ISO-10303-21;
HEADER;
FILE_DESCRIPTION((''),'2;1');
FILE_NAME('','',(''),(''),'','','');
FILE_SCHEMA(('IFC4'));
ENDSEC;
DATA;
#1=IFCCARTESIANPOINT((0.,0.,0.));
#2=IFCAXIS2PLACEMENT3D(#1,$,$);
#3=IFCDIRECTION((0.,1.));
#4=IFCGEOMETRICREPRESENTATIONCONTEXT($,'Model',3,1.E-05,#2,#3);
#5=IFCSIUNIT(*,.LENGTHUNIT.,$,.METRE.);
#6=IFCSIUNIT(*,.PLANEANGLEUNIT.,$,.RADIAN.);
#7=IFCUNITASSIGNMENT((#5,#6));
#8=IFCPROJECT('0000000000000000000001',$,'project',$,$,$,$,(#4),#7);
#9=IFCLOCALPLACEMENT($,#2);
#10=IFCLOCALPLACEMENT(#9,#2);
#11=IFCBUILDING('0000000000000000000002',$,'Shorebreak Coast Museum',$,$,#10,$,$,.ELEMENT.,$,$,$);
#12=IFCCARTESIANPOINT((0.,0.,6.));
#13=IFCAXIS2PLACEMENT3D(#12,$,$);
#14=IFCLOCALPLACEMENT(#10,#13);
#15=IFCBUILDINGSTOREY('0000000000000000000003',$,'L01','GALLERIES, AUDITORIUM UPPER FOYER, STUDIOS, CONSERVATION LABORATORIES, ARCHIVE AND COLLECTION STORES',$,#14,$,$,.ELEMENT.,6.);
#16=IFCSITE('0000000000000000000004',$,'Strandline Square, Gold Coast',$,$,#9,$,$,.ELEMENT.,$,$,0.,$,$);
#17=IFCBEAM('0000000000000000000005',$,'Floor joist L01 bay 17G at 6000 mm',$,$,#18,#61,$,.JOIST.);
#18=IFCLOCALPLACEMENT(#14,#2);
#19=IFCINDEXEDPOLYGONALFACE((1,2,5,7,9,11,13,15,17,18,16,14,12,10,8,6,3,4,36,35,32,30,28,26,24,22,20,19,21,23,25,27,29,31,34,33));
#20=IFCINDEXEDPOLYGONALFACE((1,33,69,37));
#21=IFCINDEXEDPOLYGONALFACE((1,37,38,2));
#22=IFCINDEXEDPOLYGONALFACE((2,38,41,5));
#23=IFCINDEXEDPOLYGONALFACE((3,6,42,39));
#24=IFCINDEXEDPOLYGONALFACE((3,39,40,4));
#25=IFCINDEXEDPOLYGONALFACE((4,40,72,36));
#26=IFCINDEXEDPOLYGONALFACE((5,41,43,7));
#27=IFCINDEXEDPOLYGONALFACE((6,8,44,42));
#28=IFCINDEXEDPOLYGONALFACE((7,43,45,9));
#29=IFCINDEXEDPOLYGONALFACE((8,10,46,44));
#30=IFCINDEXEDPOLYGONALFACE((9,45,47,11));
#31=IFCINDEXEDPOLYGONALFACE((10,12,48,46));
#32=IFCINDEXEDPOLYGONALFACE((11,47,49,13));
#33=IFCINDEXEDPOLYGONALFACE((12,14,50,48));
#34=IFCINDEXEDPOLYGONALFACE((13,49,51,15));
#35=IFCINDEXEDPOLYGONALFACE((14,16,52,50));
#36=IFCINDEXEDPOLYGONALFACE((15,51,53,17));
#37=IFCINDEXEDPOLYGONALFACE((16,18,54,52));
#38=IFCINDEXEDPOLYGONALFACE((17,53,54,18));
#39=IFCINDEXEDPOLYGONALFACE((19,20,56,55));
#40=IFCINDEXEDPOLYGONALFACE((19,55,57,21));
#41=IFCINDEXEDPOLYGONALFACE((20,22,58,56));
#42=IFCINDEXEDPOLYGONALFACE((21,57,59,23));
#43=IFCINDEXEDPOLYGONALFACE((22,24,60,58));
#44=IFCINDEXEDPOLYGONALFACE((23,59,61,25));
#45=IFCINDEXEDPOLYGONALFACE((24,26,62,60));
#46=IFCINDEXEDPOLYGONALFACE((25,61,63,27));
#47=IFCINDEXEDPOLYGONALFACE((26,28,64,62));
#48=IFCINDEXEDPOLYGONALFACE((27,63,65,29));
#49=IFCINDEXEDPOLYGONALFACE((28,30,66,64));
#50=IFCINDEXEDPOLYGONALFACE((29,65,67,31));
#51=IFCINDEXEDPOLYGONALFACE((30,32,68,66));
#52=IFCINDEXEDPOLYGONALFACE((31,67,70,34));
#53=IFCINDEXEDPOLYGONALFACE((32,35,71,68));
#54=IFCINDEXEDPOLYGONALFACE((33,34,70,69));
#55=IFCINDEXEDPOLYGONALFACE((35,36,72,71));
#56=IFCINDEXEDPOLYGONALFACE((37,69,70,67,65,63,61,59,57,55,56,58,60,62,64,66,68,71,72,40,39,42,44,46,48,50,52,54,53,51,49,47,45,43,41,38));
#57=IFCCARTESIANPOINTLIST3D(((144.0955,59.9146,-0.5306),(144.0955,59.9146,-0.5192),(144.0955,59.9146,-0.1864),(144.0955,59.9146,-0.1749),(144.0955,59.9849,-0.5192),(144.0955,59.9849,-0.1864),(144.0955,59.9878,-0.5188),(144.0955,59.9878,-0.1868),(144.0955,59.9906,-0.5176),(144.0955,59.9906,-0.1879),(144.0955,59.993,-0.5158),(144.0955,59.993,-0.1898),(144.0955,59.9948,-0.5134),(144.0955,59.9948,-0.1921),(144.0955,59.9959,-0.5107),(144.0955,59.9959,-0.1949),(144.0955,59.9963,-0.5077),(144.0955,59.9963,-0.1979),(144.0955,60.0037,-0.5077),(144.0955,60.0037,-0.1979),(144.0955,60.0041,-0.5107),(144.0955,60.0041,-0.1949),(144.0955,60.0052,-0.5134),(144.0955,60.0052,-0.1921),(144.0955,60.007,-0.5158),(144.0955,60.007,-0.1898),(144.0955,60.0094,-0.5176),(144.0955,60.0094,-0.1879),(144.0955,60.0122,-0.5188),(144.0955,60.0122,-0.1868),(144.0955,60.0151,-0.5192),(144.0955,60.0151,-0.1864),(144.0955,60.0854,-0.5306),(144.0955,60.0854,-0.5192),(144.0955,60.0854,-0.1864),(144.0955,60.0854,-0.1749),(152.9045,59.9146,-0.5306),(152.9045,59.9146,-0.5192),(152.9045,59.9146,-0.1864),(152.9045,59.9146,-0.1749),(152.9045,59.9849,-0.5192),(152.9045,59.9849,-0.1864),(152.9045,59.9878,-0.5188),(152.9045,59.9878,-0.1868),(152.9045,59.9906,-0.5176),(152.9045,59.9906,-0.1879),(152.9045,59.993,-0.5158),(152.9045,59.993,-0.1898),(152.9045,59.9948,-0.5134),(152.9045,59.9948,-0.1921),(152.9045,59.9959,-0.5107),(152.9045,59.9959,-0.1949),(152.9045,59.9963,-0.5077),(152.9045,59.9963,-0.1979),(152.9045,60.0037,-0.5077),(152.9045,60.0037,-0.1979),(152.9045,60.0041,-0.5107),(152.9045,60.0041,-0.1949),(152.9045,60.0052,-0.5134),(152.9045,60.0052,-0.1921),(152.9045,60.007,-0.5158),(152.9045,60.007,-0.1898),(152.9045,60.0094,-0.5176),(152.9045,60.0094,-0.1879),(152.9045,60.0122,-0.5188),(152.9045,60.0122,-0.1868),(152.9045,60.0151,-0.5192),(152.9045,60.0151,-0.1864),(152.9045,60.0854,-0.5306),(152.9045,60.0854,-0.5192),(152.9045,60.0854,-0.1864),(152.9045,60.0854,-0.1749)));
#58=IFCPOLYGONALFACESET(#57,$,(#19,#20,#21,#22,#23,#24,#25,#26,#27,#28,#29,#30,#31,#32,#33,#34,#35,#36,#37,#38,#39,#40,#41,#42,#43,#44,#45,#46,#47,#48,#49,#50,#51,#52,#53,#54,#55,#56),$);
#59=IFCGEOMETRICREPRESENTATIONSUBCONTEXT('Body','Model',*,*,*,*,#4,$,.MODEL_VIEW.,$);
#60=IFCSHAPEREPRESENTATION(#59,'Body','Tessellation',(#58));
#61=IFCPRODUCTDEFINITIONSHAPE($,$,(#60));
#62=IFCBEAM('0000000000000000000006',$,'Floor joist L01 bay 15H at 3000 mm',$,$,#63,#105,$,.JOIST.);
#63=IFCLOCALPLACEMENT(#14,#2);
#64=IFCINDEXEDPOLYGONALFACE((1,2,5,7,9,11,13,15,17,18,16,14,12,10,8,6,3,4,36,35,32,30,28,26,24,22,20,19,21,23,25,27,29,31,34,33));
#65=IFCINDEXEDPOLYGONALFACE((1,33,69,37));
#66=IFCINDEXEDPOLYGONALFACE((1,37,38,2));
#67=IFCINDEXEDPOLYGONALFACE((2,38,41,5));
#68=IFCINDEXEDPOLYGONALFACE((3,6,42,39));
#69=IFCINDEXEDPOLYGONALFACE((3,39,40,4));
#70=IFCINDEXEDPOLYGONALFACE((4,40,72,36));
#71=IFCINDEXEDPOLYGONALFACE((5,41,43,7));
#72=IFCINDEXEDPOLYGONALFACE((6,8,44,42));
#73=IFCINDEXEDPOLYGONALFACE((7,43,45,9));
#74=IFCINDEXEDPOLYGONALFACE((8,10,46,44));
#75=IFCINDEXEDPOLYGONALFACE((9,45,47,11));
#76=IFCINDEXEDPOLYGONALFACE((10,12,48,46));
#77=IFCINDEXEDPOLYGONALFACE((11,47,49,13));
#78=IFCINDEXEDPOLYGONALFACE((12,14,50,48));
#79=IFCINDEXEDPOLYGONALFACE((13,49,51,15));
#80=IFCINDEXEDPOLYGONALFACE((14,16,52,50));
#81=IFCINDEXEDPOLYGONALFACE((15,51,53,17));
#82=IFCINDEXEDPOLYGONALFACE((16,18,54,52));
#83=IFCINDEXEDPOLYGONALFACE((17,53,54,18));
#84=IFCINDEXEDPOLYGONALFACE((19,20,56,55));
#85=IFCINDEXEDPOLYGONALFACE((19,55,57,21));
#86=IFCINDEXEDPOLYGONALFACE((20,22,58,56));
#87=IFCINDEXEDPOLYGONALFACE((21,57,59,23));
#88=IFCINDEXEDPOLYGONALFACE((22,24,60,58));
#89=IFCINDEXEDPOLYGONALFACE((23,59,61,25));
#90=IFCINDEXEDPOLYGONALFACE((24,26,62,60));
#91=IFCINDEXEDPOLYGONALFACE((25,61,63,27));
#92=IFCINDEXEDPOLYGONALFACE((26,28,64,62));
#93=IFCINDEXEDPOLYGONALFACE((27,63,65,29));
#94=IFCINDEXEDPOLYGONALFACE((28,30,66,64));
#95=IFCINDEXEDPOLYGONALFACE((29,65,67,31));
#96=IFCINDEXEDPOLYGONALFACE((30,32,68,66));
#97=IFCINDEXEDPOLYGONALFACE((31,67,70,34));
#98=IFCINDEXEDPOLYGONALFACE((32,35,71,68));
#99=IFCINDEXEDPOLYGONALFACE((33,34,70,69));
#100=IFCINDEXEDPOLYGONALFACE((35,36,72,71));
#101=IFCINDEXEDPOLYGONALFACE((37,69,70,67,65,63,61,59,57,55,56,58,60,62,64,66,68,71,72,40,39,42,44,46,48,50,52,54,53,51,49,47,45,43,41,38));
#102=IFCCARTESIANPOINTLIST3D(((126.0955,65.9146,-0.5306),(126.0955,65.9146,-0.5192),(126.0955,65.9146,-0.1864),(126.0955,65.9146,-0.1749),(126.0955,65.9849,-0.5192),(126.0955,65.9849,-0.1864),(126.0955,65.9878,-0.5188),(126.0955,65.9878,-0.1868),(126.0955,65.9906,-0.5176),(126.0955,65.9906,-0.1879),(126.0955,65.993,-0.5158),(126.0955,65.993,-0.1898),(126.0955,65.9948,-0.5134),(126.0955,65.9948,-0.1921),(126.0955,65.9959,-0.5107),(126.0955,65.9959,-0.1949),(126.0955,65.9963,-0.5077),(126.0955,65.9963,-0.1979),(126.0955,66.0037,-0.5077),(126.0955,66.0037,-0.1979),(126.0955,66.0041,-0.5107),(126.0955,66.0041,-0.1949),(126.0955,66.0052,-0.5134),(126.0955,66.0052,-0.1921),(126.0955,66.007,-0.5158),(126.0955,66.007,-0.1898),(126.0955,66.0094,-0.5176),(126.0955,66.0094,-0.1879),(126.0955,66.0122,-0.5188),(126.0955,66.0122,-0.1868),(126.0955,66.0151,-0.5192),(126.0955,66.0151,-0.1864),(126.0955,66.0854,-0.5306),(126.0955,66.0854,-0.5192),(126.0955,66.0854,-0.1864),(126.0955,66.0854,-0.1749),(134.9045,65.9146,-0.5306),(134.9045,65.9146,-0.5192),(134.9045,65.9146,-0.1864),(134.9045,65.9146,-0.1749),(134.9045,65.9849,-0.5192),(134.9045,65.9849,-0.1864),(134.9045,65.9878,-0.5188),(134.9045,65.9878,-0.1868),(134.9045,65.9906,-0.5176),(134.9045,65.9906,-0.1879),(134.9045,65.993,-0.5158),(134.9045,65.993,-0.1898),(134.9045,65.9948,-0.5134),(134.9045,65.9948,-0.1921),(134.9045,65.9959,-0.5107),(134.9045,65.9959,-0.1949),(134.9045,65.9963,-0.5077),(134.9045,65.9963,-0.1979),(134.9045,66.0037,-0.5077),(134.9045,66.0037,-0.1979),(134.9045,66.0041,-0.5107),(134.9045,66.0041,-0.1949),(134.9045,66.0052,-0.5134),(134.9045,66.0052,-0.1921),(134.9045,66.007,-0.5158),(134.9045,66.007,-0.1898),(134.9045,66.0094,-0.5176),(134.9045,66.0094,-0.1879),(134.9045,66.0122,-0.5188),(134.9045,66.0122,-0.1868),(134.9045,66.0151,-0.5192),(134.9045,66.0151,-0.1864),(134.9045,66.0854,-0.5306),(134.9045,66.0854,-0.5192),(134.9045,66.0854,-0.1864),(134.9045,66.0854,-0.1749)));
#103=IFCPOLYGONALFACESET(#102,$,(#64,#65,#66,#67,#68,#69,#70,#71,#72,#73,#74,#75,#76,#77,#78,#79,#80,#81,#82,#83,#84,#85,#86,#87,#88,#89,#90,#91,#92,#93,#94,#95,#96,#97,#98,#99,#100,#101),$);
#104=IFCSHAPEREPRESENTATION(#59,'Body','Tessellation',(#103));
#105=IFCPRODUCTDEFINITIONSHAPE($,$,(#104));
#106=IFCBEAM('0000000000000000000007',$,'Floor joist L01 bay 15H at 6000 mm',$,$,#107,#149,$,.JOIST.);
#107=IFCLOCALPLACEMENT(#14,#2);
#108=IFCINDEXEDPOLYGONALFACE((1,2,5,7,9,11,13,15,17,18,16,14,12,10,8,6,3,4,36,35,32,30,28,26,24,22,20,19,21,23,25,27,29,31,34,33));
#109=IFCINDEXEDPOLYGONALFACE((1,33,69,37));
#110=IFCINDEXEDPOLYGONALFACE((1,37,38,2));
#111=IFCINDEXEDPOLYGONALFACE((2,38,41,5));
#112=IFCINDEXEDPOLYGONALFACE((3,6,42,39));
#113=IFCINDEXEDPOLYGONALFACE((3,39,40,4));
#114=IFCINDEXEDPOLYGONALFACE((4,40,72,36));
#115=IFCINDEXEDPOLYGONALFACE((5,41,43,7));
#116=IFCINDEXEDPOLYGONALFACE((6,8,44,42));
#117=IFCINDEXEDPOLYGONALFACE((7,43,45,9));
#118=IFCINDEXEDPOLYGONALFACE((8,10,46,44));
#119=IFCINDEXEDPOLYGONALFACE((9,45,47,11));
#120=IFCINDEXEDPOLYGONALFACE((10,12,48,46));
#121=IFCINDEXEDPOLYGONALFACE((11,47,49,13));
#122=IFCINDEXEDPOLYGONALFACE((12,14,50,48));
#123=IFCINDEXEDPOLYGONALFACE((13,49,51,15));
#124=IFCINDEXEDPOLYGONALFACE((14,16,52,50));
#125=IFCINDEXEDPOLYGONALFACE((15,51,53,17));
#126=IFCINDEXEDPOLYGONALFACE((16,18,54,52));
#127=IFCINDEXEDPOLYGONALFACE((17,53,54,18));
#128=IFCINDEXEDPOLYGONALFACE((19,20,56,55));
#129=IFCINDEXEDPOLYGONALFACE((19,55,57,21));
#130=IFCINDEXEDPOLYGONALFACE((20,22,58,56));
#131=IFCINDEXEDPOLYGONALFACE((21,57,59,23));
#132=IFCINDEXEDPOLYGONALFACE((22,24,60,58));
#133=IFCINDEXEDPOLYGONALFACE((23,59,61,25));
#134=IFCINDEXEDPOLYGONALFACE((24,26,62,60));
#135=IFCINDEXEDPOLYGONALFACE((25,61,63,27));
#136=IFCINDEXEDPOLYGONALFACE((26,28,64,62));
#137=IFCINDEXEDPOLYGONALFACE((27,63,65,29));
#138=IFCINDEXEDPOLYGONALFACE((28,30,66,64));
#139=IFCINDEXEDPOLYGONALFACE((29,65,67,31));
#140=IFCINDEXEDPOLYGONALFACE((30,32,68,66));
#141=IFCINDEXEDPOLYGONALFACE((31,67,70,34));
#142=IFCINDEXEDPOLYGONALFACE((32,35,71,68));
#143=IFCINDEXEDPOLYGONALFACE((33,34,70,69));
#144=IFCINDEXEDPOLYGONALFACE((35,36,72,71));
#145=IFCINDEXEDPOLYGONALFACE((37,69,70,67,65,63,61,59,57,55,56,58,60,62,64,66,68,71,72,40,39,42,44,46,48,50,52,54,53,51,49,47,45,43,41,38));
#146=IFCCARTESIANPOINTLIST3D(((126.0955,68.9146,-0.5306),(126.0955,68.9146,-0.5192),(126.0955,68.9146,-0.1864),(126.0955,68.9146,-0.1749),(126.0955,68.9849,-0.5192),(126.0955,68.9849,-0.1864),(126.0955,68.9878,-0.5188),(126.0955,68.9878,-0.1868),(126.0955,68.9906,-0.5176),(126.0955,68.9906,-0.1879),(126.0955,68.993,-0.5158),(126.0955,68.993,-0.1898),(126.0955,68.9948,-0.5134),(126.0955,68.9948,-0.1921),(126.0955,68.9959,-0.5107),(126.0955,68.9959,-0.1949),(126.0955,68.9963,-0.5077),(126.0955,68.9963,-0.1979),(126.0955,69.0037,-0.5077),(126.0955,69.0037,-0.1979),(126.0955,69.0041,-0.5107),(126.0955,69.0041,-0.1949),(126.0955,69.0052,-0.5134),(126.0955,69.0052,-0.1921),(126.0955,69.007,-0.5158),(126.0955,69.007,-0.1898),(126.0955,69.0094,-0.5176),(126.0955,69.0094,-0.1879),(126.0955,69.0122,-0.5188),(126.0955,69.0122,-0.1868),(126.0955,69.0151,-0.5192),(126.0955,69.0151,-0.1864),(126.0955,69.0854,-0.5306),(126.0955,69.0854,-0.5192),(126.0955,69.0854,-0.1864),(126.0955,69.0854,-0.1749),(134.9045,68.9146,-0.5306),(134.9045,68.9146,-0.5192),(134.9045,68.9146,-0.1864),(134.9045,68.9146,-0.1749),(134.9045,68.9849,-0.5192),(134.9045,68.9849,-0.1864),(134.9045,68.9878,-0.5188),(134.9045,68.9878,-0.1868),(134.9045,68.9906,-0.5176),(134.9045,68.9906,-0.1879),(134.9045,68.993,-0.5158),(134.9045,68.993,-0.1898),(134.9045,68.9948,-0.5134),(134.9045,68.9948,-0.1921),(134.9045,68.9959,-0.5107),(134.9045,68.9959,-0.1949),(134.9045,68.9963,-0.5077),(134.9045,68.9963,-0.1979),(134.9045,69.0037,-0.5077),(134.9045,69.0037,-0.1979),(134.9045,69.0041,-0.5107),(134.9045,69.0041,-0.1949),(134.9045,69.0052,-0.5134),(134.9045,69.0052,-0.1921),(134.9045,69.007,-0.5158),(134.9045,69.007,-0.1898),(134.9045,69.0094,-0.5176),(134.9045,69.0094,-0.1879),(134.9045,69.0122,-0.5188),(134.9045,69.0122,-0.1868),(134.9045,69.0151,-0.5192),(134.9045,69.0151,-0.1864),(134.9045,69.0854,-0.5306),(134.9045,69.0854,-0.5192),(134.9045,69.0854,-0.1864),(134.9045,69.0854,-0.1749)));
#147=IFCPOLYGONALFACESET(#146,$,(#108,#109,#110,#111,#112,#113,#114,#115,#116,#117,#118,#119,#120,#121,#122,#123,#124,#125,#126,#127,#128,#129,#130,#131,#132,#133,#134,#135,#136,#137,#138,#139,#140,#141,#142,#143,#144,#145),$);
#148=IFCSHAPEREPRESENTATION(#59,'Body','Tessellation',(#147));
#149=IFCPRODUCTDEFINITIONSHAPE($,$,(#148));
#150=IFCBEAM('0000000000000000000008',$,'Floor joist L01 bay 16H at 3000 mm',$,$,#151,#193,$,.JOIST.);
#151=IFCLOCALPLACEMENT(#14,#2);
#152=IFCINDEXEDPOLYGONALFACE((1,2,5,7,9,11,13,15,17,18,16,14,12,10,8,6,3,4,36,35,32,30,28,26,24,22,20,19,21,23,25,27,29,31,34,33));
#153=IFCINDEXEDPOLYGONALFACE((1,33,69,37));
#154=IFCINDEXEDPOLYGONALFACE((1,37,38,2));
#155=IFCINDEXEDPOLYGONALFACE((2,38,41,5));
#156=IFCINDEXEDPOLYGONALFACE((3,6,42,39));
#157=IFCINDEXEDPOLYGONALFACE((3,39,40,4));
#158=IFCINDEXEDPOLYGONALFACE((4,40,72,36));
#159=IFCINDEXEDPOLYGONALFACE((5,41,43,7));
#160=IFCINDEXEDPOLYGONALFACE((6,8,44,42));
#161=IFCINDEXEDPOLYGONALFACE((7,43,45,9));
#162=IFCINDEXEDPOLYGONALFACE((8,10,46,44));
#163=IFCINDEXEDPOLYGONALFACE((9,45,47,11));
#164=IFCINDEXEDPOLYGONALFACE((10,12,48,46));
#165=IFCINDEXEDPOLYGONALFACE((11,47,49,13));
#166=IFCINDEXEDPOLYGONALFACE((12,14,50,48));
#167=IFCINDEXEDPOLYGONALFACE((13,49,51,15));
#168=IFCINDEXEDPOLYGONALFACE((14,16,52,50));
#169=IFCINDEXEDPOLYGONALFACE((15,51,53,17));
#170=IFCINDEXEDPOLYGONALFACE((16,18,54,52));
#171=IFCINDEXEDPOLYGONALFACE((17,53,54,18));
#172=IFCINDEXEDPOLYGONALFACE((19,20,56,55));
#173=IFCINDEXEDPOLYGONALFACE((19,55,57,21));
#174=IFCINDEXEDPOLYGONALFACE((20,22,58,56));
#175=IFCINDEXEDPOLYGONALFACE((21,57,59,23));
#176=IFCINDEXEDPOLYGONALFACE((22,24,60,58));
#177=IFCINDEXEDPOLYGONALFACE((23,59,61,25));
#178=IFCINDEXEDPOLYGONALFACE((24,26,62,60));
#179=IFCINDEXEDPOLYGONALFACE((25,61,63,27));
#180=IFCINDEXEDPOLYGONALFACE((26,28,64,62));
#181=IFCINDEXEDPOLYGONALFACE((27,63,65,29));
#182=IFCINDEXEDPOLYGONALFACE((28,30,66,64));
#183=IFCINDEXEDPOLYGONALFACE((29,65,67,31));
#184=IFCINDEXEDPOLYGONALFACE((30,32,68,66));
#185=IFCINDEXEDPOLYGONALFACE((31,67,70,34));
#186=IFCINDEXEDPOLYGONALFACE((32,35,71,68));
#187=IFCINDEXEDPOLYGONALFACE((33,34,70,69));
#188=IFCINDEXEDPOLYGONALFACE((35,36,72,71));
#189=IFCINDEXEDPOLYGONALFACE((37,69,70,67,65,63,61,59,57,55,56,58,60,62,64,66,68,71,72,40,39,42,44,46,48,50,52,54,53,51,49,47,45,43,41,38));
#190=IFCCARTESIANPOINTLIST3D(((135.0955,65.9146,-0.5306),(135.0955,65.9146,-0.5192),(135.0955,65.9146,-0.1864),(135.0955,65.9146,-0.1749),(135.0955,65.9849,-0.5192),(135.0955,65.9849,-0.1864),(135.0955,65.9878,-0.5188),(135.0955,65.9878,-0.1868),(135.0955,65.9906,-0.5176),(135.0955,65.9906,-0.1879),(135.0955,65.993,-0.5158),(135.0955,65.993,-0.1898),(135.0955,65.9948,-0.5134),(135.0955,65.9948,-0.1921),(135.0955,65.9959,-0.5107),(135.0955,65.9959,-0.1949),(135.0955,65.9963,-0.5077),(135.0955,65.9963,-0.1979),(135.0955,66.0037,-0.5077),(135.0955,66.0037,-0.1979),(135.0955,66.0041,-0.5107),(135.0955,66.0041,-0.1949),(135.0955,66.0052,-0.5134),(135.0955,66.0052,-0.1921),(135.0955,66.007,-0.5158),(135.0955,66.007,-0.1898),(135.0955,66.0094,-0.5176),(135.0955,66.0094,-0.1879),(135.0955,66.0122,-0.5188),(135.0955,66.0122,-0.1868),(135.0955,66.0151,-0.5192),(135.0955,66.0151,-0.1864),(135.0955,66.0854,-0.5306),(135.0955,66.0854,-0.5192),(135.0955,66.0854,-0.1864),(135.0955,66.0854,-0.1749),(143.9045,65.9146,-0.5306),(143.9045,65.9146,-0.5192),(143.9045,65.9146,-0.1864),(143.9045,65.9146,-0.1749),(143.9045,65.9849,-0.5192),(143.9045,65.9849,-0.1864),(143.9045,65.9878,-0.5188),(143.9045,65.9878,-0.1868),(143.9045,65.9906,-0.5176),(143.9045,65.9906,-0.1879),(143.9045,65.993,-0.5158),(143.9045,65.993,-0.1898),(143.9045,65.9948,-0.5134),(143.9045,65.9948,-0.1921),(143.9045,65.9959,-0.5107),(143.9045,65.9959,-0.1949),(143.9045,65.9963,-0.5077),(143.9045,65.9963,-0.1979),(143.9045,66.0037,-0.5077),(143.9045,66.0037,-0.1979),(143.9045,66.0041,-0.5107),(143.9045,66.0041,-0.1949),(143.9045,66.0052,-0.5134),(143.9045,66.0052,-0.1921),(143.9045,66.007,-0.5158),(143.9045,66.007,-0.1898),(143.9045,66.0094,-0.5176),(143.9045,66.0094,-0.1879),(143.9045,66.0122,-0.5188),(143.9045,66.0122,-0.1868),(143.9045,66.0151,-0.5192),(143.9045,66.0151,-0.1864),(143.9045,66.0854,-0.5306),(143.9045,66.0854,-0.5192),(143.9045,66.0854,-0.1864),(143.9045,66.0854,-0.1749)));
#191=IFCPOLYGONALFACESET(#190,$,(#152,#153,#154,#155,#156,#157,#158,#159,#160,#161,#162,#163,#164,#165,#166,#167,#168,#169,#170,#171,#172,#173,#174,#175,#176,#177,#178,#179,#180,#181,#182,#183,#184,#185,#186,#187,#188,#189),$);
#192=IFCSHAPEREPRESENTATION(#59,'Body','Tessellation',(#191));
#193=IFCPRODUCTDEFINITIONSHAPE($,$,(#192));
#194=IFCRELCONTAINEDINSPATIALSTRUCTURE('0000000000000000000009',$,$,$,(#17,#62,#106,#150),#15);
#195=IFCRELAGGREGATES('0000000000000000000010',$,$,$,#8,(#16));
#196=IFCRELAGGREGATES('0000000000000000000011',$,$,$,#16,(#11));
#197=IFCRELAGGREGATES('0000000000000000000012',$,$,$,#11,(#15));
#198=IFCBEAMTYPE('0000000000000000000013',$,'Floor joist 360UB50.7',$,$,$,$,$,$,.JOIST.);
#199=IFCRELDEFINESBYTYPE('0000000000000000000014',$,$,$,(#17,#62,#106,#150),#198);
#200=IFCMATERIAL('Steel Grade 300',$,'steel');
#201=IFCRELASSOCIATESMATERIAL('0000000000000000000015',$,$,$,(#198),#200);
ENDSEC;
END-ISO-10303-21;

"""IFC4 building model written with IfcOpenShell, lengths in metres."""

from ifc_helpers import new_model, si_unit, direction, frame, origin, origin_2d, place, context, subcontext, project, spatial, i_section, extrude, material, material_profile, profile_set, type_object, element, save


model = new_model("IFC4")

# Units and contexts
model_context = context("Model", 3, precision=1e-05, world=origin(), true_north=direction((0.0, 1.0)))
body_context = subcontext(model_context, "Body", "Model", "MODEL_VIEW")
ifc_project = project(units=[si_unit("LENGTHUNIT", "METRE"), si_unit("PLANEANGLEUNIT", "RADIAN")], contexts=[model_context])

# Site, building, storey
site_placement = place(None, origin())
site = spatial("IfcSite", under=ifc_project, at=site_placement, Name="Strandline Square, Gold Coast", CompositionType="ELEMENT", RefElevation=0.0)
building_placement = place(site_placement, origin())
building = spatial("IfcBuilding", under=site, at=building_placement, Name="Shorebreak Coast Museum", CompositionType="ELEMENT")
storey_placement = place(building_placement, frame((0.0, 0.0, 6.0)))
storey = spatial("IfcBuildingStorey", under=building, at=storey_placement, Name="L01", Description="GALLERIES, AUDITORIUM UPPER FOYER, STUDIOS, CONSERVATION LABORATORIES, ARCHIVE AND COLLECTION STORES", CompositionType="ELEMENT", Elevation=6.0)

# Beams
ifc_material_1 = material(Name="Steel Grade 300", Category="steel")
ifc_material_profile_1 = material_profile(ifc_material_1, i_section(OverallWidth=0.1709, OverallDepth=0.3557, WebThickness=0.0073, FlangeThickness=0.0115, FilletRadius=0.0115, at=origin_2d()), Name="360UB50.7")
ifc_profile_set_1 = profile_set([ifc_material_profile_1], Name="Steel Grade 300")
beam_type_1 = type_object("IfcBeamType", Name="Floor joist 360UB50.7", PredefinedType="JOIST", material=ifc_profile_set_1)
for number, where, z_axis, x_axis, name in (
    (1, (144.0955, 60.0, -0.3528), (1.0, 0.0, 0.0), (0.0, 1.0, 0.0), "Floor joist L01 bay 17G at 6000 mm"),
    (2, (126.0955, 66.0, -0.3528), (1.0, 0.0, 0.0), (0.0, 1.0, 0.0), "Floor joist L01 bay 15H at 3000 mm"),
    (3, (126.0955, 69.0, -0.3528), (1.0, 0.0, 0.0), (0.0, 1.0, 0.0), "Floor joist L01 bay 15H at 6000 mm"),
    (4, (135.0955, 66.0, -0.3528), (1.0, 0.0, 0.0), (0.0, 1.0, 0.0), "Floor joist L01 bay 16H at 3000 mm"),
):
    element("IfcBeam", number, at=place(storey_placement, frame(where, z_axis=z_axis, x_axis=x_axis)), inside=storey, type_object=beam_type_1, Name=name, PredefinedType="JOIST", context=body_context, shape_type="SweptSolid", body=[
        extrude(i_section(OverallWidth=0.1709, OverallDepth=0.3557, WebThickness=0.0073, FlangeThickness=0.0115, FilletRadius=0.0115, at=origin_2d()), origin(), (0.0, 0.0, 1.0), 8.8091),
    ])

save(model, "model.ifc")
